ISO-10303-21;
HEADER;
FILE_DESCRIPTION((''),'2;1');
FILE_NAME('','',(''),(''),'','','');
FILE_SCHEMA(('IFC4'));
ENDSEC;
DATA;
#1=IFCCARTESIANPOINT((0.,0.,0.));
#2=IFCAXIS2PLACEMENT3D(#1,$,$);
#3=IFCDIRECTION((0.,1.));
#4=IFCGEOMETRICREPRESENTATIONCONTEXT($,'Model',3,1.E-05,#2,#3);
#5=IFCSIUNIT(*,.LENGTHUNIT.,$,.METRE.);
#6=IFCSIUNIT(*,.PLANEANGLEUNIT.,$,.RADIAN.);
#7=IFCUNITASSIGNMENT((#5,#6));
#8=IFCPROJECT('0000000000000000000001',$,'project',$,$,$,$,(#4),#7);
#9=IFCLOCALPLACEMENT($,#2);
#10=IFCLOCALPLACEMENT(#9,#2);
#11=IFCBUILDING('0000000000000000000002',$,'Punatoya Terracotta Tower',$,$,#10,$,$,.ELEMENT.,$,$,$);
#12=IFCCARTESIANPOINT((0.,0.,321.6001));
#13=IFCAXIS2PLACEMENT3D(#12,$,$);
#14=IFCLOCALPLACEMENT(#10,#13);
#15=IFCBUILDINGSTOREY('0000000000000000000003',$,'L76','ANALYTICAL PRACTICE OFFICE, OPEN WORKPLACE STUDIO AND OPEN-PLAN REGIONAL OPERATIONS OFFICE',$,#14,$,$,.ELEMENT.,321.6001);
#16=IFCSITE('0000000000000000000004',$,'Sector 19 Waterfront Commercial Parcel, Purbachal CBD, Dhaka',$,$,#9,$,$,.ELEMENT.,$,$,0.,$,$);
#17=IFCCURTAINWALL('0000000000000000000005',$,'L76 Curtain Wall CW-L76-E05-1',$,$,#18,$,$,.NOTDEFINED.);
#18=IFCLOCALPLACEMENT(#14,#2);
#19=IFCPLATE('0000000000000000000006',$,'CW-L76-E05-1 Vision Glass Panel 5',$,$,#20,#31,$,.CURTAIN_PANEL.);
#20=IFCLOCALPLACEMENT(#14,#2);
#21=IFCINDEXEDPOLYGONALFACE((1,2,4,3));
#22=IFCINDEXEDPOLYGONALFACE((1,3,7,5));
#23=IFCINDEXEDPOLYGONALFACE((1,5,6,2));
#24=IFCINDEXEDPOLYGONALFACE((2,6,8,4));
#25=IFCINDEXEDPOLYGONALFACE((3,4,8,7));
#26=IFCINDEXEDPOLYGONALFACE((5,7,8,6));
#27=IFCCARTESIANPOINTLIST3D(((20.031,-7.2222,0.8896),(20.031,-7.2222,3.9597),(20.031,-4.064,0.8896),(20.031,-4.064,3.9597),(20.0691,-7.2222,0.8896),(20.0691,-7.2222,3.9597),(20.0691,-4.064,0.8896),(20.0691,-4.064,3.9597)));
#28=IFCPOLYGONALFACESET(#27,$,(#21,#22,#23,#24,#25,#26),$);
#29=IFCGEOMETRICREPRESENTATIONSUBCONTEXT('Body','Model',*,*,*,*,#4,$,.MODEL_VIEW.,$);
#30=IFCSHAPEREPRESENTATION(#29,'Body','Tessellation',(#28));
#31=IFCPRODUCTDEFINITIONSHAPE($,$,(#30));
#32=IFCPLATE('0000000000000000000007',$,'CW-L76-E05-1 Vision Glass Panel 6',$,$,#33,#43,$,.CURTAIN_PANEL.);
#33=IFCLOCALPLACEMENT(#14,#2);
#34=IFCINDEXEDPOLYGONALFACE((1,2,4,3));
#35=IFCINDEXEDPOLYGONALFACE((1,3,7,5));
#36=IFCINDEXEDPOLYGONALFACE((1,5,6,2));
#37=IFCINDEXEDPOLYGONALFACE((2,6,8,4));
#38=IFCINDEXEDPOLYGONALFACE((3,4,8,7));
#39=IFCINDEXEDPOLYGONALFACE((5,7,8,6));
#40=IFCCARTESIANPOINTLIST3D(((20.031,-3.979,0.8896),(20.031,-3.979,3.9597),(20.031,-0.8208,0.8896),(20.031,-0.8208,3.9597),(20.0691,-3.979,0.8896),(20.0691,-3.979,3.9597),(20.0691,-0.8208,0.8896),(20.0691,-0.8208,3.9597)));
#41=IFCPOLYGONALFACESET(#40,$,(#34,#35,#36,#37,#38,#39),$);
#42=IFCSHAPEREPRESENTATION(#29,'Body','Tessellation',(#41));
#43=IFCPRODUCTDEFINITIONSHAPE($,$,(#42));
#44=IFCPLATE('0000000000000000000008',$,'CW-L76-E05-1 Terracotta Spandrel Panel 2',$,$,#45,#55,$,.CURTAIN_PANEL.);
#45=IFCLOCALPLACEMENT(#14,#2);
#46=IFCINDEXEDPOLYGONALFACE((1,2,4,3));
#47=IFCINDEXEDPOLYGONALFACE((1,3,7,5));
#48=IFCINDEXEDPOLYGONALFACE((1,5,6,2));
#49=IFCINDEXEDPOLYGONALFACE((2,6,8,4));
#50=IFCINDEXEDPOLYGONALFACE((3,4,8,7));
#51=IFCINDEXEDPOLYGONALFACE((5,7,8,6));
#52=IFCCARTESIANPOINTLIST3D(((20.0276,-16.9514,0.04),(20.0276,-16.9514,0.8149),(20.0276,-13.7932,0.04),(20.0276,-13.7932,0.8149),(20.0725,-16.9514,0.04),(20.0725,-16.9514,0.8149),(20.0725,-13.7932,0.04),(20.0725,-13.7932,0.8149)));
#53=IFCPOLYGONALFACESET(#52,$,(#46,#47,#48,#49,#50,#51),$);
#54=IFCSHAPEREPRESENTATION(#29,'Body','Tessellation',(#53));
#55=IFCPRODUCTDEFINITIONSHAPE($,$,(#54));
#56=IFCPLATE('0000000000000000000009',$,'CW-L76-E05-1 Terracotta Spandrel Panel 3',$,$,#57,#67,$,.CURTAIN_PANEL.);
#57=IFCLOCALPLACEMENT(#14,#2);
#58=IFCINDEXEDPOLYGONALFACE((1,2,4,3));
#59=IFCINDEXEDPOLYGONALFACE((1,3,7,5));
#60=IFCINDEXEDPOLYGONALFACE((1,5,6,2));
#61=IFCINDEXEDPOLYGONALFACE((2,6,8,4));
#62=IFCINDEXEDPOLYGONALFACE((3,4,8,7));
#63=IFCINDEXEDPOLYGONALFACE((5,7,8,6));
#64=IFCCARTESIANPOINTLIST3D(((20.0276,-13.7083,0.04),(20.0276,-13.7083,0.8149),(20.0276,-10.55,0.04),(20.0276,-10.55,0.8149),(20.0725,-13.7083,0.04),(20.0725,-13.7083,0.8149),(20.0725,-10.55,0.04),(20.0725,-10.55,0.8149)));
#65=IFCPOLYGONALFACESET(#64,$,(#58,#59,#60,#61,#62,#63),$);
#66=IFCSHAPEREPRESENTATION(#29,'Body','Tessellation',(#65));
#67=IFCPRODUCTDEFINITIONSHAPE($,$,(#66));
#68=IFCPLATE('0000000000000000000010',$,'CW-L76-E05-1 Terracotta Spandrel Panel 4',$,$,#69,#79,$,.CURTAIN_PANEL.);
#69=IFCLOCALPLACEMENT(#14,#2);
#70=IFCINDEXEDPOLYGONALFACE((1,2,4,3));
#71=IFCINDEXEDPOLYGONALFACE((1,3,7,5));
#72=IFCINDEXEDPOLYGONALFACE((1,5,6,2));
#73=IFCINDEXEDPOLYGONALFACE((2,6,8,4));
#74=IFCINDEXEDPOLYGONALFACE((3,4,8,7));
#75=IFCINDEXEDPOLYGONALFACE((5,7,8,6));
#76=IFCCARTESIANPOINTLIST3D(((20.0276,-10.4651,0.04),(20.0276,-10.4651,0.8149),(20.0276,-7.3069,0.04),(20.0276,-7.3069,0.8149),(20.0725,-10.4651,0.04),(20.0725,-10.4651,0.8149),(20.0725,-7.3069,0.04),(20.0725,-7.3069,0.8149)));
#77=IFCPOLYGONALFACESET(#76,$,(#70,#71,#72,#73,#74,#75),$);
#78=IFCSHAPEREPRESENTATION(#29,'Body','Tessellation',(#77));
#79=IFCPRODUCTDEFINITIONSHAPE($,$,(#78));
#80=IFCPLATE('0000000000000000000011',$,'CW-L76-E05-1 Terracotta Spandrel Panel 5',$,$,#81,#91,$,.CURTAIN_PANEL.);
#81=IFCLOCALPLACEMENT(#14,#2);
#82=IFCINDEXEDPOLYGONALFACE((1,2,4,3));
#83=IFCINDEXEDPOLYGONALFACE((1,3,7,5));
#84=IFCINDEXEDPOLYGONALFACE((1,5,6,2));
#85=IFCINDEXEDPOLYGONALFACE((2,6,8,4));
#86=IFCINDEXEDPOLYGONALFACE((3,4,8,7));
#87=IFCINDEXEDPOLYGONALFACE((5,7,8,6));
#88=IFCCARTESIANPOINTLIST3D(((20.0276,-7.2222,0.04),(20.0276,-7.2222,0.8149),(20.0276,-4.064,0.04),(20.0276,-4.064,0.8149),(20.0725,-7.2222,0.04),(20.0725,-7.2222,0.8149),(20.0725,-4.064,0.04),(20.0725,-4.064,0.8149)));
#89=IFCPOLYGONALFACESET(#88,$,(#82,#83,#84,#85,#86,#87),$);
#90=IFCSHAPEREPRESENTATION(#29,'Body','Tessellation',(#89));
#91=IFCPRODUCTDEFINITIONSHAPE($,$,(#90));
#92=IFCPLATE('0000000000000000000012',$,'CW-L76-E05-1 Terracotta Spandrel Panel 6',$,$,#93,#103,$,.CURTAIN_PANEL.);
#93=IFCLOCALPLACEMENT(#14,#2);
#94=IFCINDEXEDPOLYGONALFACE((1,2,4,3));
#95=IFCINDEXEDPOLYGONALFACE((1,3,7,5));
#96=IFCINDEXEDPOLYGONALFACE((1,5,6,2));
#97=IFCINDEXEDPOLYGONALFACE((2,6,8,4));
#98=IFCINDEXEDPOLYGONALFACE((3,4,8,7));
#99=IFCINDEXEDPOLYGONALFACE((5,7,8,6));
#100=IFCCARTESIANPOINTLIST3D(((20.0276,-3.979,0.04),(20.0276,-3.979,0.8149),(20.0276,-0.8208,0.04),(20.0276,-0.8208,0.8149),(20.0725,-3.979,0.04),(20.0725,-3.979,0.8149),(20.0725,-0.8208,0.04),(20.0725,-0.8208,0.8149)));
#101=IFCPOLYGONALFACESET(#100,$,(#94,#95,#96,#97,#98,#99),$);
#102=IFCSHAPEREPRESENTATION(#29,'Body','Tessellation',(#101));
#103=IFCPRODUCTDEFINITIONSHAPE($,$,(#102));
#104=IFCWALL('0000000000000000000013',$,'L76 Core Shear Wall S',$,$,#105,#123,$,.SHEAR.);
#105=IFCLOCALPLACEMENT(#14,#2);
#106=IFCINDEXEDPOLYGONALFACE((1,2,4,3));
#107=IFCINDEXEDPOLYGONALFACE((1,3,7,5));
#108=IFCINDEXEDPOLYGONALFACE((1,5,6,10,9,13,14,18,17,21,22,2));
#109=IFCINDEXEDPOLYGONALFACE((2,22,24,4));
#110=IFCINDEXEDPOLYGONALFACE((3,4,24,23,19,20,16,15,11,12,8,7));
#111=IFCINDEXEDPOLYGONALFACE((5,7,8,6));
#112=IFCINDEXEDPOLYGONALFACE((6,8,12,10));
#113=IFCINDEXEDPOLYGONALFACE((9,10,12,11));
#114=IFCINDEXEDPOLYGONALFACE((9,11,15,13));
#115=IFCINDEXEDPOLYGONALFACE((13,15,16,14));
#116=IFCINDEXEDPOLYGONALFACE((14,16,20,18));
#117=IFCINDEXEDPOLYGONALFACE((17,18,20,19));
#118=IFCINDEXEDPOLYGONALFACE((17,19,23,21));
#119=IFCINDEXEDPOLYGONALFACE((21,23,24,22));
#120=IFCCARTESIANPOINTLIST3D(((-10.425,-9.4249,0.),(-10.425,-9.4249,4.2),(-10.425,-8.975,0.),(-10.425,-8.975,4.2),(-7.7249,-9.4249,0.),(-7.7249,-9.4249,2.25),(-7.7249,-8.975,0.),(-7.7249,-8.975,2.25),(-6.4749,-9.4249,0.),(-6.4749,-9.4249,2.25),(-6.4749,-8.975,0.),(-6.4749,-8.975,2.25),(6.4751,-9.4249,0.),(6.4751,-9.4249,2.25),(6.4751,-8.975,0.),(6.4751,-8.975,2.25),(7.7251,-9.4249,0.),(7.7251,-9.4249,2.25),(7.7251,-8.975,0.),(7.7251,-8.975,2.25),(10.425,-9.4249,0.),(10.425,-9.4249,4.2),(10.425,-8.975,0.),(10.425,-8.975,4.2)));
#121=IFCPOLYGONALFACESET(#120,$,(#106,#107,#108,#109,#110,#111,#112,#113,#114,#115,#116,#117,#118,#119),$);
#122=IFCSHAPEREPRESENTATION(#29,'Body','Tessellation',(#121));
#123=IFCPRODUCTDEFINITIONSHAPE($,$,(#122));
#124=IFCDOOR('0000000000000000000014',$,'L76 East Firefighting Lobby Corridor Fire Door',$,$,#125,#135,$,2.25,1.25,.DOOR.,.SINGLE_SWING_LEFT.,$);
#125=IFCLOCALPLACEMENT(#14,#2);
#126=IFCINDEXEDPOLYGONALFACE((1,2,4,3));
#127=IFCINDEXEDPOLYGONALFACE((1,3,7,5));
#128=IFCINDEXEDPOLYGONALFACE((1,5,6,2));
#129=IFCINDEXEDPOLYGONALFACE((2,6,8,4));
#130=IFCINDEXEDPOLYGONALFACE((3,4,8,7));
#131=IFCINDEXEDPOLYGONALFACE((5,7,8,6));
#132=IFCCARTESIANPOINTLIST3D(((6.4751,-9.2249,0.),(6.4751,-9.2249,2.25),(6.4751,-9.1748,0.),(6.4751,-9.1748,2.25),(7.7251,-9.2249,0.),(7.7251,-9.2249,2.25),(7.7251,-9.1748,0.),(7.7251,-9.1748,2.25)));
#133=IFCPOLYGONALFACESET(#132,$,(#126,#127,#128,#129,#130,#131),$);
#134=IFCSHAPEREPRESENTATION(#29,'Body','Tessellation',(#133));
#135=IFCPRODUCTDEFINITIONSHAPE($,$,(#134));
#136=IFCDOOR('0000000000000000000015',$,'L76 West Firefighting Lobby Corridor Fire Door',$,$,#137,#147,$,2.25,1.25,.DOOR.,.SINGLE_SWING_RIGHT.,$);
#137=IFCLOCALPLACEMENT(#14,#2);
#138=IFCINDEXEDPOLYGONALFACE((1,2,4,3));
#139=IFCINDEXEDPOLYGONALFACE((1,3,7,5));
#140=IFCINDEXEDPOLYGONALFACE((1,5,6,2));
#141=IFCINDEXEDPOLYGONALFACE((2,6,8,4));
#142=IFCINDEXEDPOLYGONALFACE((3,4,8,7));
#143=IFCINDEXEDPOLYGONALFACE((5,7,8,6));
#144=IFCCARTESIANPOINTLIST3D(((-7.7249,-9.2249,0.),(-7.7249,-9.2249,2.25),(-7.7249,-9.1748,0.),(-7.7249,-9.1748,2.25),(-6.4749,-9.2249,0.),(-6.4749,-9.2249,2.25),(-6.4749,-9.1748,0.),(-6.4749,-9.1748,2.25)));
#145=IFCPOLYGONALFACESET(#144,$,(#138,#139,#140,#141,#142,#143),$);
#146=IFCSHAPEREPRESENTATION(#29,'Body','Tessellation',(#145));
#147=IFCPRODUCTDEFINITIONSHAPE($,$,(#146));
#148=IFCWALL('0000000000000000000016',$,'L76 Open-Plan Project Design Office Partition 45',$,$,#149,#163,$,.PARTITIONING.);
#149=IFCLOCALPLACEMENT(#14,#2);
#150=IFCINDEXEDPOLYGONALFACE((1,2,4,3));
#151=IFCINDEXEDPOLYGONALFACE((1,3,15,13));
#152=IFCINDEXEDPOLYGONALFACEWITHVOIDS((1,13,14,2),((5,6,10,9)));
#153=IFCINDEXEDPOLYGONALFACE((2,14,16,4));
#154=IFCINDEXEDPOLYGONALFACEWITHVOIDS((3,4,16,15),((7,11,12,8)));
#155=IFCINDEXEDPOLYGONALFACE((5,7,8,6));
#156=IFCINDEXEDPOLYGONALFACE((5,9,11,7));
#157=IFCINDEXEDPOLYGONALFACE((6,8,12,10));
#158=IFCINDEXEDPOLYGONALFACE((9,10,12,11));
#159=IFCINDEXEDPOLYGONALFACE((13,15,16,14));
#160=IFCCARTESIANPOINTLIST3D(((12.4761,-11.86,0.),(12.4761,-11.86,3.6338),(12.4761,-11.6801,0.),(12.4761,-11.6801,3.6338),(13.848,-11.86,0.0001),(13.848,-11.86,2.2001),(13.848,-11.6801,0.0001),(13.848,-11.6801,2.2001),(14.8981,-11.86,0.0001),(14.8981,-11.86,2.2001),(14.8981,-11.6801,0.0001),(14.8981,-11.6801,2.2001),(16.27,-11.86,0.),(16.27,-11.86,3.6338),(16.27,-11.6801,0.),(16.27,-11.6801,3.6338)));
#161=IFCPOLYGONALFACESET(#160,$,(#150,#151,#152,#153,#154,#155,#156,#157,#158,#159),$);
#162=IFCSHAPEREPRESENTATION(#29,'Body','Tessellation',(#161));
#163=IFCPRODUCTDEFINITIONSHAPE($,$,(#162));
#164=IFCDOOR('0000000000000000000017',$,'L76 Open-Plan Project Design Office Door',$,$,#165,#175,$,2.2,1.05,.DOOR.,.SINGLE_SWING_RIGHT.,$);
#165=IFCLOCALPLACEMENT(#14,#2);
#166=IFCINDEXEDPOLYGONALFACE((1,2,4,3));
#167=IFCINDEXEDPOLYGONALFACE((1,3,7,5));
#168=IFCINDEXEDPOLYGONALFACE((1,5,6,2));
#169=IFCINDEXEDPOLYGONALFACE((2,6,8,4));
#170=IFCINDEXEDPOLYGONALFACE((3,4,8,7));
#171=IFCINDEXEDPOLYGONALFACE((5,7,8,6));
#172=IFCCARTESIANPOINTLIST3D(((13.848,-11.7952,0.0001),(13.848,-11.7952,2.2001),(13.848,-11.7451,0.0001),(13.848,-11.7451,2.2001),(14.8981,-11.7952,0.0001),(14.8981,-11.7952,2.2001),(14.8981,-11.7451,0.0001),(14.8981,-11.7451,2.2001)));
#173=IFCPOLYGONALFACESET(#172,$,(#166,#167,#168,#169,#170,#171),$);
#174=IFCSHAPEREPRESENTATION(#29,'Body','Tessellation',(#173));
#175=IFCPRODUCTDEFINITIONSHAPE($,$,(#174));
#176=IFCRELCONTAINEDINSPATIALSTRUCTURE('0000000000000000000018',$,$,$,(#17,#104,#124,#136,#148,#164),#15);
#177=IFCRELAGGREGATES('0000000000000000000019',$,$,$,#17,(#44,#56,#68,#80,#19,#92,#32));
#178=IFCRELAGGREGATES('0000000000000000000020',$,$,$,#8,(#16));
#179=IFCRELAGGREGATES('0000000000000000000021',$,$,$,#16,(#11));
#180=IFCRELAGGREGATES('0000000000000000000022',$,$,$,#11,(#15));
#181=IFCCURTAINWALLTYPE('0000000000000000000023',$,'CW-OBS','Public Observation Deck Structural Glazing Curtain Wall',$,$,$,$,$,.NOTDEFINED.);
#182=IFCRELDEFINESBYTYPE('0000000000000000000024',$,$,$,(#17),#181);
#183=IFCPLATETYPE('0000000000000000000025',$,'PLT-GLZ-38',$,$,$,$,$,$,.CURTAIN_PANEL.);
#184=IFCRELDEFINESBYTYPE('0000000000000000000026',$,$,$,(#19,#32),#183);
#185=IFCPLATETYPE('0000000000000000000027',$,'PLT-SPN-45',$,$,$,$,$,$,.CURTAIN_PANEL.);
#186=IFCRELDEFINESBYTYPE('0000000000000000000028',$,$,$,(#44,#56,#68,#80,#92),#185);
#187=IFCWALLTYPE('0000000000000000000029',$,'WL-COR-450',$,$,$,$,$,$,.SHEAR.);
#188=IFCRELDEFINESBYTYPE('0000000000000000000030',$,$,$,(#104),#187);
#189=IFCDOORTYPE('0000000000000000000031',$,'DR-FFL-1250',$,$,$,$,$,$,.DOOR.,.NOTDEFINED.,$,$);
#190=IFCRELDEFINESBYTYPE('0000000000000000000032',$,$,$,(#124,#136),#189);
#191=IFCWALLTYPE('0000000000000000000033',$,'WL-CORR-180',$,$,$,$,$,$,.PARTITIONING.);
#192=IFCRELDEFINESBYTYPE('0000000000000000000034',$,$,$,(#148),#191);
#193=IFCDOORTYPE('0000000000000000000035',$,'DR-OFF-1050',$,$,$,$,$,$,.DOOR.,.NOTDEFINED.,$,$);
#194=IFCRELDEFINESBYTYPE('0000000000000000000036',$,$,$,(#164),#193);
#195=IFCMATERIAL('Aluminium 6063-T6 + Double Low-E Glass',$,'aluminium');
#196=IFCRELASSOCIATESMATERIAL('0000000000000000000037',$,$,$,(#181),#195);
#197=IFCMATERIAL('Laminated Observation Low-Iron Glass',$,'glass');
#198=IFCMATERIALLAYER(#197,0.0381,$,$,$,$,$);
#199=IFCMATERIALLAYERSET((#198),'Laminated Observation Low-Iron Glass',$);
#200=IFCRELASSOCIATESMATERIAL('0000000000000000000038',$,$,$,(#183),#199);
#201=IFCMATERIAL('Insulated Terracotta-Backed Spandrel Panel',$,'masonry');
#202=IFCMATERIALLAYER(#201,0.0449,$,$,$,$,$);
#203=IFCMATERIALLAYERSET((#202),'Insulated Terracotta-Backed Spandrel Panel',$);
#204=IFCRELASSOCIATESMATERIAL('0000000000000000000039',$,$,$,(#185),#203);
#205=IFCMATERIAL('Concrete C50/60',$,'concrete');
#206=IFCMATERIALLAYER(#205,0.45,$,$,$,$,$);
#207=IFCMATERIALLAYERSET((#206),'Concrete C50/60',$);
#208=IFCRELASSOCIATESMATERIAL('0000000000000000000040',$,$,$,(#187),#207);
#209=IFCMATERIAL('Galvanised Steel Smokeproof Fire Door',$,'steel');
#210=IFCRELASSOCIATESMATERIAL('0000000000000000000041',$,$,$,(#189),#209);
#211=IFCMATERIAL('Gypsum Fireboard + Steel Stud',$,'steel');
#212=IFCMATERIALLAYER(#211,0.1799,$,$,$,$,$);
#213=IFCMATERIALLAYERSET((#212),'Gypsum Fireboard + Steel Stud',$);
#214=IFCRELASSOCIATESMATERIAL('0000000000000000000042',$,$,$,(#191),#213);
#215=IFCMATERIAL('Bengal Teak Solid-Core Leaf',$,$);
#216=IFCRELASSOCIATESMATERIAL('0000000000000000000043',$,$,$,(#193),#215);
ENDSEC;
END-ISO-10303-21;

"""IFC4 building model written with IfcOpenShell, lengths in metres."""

from ifc_helpers import new_model, si_unit, direction, frame, frame_2d, origin, origin_2d, place, context, subcontext, project, spatial, rectangle, extrude, material, layer, layer_set, type_object, element, fill, aggregate, save


model = new_model("IFC4")

# Units and contexts
model_context = context("Model", 3, precision=1e-05, world=origin(), true_north=direction((0.0, 1.0)))
body_context = subcontext(model_context, "Body", "Model", "MODEL_VIEW")
ifc_project = project(units=[si_unit("LENGTHUNIT", "METRE"), si_unit("PLANEANGLEUNIT", "RADIAN")], contexts=[model_context])

# Site, building, storey
site_placement = place(None, origin())
site = spatial("IfcSite", under=ifc_project, at=site_placement, Name="Sector 19 Waterfront Commercial Parcel, Purbachal CBD, Dhaka", CompositionType="ELEMENT", RefElevation=0.0)
building_placement = place(site_placement, origin())
building = spatial("IfcBuilding", under=site, at=building_placement, Name="Punatoya Terracotta Tower", CompositionType="ELEMENT")
storey_placement = place(building_placement, frame((0.0, 0.0, 321.6001)))
storey = spatial("IfcBuildingStorey", under=building, at=storey_placement, Name="L76", Description="ANALYTICAL PRACTICE OFFICE, OPEN WORKPLACE STUDIO AND OPEN-PLAN REGIONAL OPERATIONS OFFICE", CompositionType="ELEMENT", Elevation=321.6001)

# Curtain wall, plates
ifc_material_1 = material(Name="Aluminium 6063-T6 + Double Low-E Glass", Category="aluminium")
curtain_wall_type = type_object("IfcCurtainWallType", Name="CW-OBS", Description="Public Observation Deck Structural Glazing Curtain Wall", PredefinedType="NOTDEFINED", material=ifc_material_1)
curtain_wall_placement = place(storey_placement, origin())
curtain_wall = element("IfcCurtainWall", 1, at=curtain_wall_placement, inside=storey, type_object=curtain_wall_type, Name="L76 Curtain Wall CW-L76-E05-1", PredefinedType="NOTDEFINED")
ifc_material_2 = material(Name="Laminated Observation Low-Iron Glass", Category="glass")
ifc_layer_1 = layer(ifc_material_2, 0.0381)
ifc_layer_set_1 = layer_set([ifc_layer_1], Name="Laminated Observation Low-Iron Glass")
plate_type_1 = type_object("IfcPlateType", Name="PLT-GLZ-38", PredefinedType="CURTAIN_PANEL", material=ifc_layer_set_1)
plate_1_placement = place(storey_placement, frame((20.05, -5.6431, 0.8896), z_axis=(0.0, 0.0, 1.0), x_axis=(0.0, 1.0, 0.0)))
plate_1 = element("IfcPlate", 2, at=plate_1_placement, type_object=plate_type_1, Name="CW-L76-E05-1 Vision Glass Panel 5", PredefinedType="CURTAIN_PANEL", context=body_context, shape_type="SweptSolid", body=[
    extrude(rectangle(XDim=3.1582, YDim=0.0381, at=origin_2d()), origin(), (0.0, 0.0, 1.0), 3.0701),
])
plate_2_placement = place(storey_placement, frame((20.05, -2.3999, 0.8896), z_axis=(0.0, 0.0, 1.0), x_axis=(0.0, 1.0, 0.0)))
plate_2 = element("IfcPlate", 3, at=plate_2_placement, type_object=plate_type_1, Name="CW-L76-E05-1 Vision Glass Panel 6", PredefinedType="CURTAIN_PANEL", context=body_context, shape_type="SweptSolid", body=[
    extrude(rectangle(XDim=3.1582, YDim=0.0381, at=origin_2d()), origin(), (0.0, 0.0, 1.0), 3.0701),
])
ifc_material_3 = material(Name="Insulated Terracotta-Backed Spandrel Panel", Category="masonry")
ifc_layer_2 = layer(ifc_material_3, 0.0449)
ifc_layer_set_2 = layer_set([ifc_layer_2], Name="Insulated Terracotta-Backed Spandrel Panel")
plate_type_2 = type_object("IfcPlateType", Name="PLT-SPN-45", PredefinedType="CURTAIN_PANEL", material=ifc_layer_set_2)
plate_3_placement = place(storey_placement, frame((20.05, -15.3723, 0.04), z_axis=(0.0, 0.0, 1.0), x_axis=(0.0, 1.0, 0.0)))
plate_3 = element("IfcPlate", 4, at=plate_3_placement, type_object=plate_type_2, Name="CW-L76-E05-1 Terracotta Spandrel Panel 2", PredefinedType="CURTAIN_PANEL", context=body_context, shape_type="SweptSolid", body=[
    extrude(rectangle(XDim=3.1582, YDim=0.0449, at=origin_2d()), origin(), (0.0, 0.0, 1.0), 0.7749),
])
plate_4_placement = place(storey_placement, frame((20.05, -12.1292, 0.04), z_axis=(0.0, 0.0, 1.0), x_axis=(0.0, 1.0, 0.0)))
plate_4 = element("IfcPlate", 5, at=plate_4_placement, type_object=plate_type_2, Name="CW-L76-E05-1 Terracotta Spandrel Panel 3", PredefinedType="CURTAIN_PANEL", context=body_context, shape_type="SweptSolid", body=[
    extrude(rectangle(XDim=3.1582, YDim=0.0449, at=origin_2d()), origin(), (0.0, 0.0, 1.0), 0.7749),
])
plate_5_placement = place(storey_placement, frame((20.05, -8.886, 0.04), z_axis=(0.0, 0.0, 1.0), x_axis=(0.0, 1.0, 0.0)))
plate_5 = element("IfcPlate", 6, at=plate_5_placement, type_object=plate_type_2, Name="CW-L76-E05-1 Terracotta Spandrel Panel 4", PredefinedType="CURTAIN_PANEL", context=body_context, shape_type="SweptSolid", body=[
    extrude(rectangle(XDim=3.1582, YDim=0.0449, at=origin_2d()), origin(), (0.0, 0.0, 1.0), 0.7749),
])
plate_6_placement = place(storey_placement, frame((20.05, -5.6431, 0.04), z_axis=(0.0, 0.0, 1.0), x_axis=(0.0, 1.0, 0.0)))
plate_6 = element("IfcPlate", 7, at=plate_6_placement, type_object=plate_type_2, Name="CW-L76-E05-1 Terracotta Spandrel Panel 5", PredefinedType="CURTAIN_PANEL", context=body_context, shape_type="SweptSolid", body=[
    extrude(rectangle(XDim=3.1582, YDim=0.0449, at=origin_2d()), origin(), (0.0, 0.0, 1.0), 0.7749),
])
plate_7_placement = place(storey_placement, frame((20.05, -2.3999, 0.04), z_axis=(0.0, 0.0, 1.0), x_axis=(0.0, 1.0, 0.0)))
plate_7 = element("IfcPlate", 8, at=plate_7_placement, type_object=plate_type_2, Name="CW-L76-E05-1 Terracotta Spandrel Panel 6", PredefinedType="CURTAIN_PANEL", context=body_context, shape_type="SweptSolid", body=[
    extrude(rectangle(XDim=3.1582, YDim=0.0449, at=origin_2d()), origin(), (0.0, 0.0, 1.0), 0.7749),
])
aggregate(curtain_wall, [plate_3, plate_4, plate_5, plate_6, plate_1, plate_7, plate_2])

# Wall, openings, doors
ifc_material_4 = material(Name="Concrete C50/60", Category="concrete")
ifc_layer_3 = layer(ifc_material_4, 0.45)
ifc_layer_set_3 = layer_set([ifc_layer_3], Name="Concrete C50/60")
wall_type_1 = type_object("IfcWallType", Name="WL-COR-450", PredefinedType="SHEAR", material=ifc_layer_set_3)
wall_1_placement = place(storey_placement, frame((10.425, -9.2, 0.0), z_axis=(0.0, 0.0, 1.0), x_axis=(-1.0, 0.0, 0.0)))
wall_1 = element("IfcWall", 9, at=wall_1_placement, inside=storey, type_object=wall_type_1, Name="L76 Core Shear Wall S", PredefinedType="SHEAR", context=body_context, shape_type="SweptSolid", body=[
    extrude(rectangle(XDim=20.8501, YDim=0.45, at=frame_2d((10.425, 0.0))), origin(), (0.0, 0.0, 1.0), 4.2),
])
opening_1_placement = place(wall_1_placement, frame((2.7, 0.0, 0.0)))
opening_1 = element("IfcOpeningElement", 10, at=opening_1_placement, cuts=wall_1, PredefinedType="OPENING", context=body_context, shape_type="SweptSolid", body=[
    extrude(rectangle(XDim=1.25, YDim=2.25, at=frame_2d((0.625, 1.125))), frame((0.0, 0.2349, 0.0), z_axis=(0.0, -1.0, 0.0), x_axis=(1.0, 0.0, 0.0)), (0.0, 0.0, 1.0), 0.47),
])
opening_2_placement = place(wall_1_placement, frame((16.8999, 0.0, 0.0)))
opening_2 = element("IfcOpeningElement", 11, at=opening_2_placement, cuts=wall_1, PredefinedType="OPENING", context=body_context, shape_type="SweptSolid", body=[
    extrude(rectangle(XDim=1.25, YDim=2.25, at=frame_2d((0.625, 1.125))), frame((0.0, 0.2349, 0.0), z_axis=(0.0, -1.0, 0.0), x_axis=(1.0, 0.0, 0.0)), (0.0, 0.0, 1.0), 0.47),
])
ifc_material_5 = material(Name="Galvanised Steel Smokeproof Fire Door", Category="steel")
door_type_1 = type_object("IfcDoorType", Name="DR-FFL-1250", OperationType="NOTDEFINED", PredefinedType="DOOR", material=ifc_material_5)
door_1_placement = place(opening_1_placement, origin())
door_1 = element("IfcDoor", 12, at=door_1_placement, inside=storey, type_object=door_type_1, Name="L76 East Firefighting Lobby Corridor Fire Door", OperationType="SINGLE_SWING_LEFT", OverallHeight=2.25, OverallWidth=1.25, PredefinedType="DOOR", context=body_context, shape_type="SweptSolid", body=[
    extrude(rectangle(XDim=1.25, YDim=2.25, at=frame_2d((0.625, 1.125))), frame((0.0, 0.0249, 0.0), z_axis=(0.0, -1.0, 0.0), x_axis=(1.0, 0.0, 0.0)), (0.0, 0.0, 1.0), 0.05),
])
fill(opening_1, door_1)
door_2_placement = place(opening_2_placement, origin())
door_2 = element("IfcDoor", 13, at=door_2_placement, inside=storey, type_object=door_type_1, Name="L76 West Firefighting Lobby Corridor Fire Door", OperationType="SINGLE_SWING_RIGHT", OverallHeight=2.25, OverallWidth=1.25, PredefinedType="DOOR", context=body_context, shape_type="SweptSolid", body=[
    extrude(rectangle(XDim=1.25, YDim=2.25, at=frame_2d((0.625, 1.125))), frame((0.0, 0.0249, 0.0), z_axis=(0.0, -1.0, 0.0), x_axis=(1.0, 0.0, 0.0)), (0.0, 0.0, 1.0), 0.05),
])
fill(opening_2, door_2)

# Wall, opening, door
ifc_material_6 = material(Name="Gypsum Fireboard + Steel Stud", Category="steel")
ifc_layer_4 = layer(ifc_material_6, 0.1799)
ifc_layer_set_4 = layer_set([ifc_layer_4], Name="Gypsum Fireboard + Steel Stud")
wall_type_2 = type_object("IfcWallType", Name="WL-CORR-180", PredefinedType="PARTITIONING", material=ifc_layer_set_4)
wall_2_placement = place(storey_placement, frame((12.4761, -11.77, 0.0), z_axis=(0.0, 0.0, 1.0), x_axis=(1.0, 0.0, 0.0)))
wall_2 = element("IfcWall", 14, at=wall_2_placement, inside=storey, type_object=wall_type_2, Name="L76 Open-Plan Project Design Office Partition 45", PredefinedType="PARTITIONING", context=body_context, shape_type="SweptSolid", body=[
    extrude(rectangle(XDim=3.7939, YDim=0.1799, at=frame_2d((1.897, 0.0))), origin(), (0.0, 0.0, 1.0), 3.6338),
])
opening_3_placement = place(wall_2_placement, frame((1.3721, 0.0, 0.0)))
opening_3 = element("IfcOpeningElement", 15, at=opening_3_placement, cuts=wall_2, PredefinedType="OPENING", context=body_context, shape_type="SweptSolid", body=[
    extrude(rectangle(XDim=1.05, YDim=2.2, at=frame_2d((0.5249, 1.1001))), frame((0.0, 0.0999, 0.0), z_axis=(0.0, -1.0, 0.0), x_axis=(1.0, 0.0, 0.0)), (0.0, 0.0, 1.0), 0.2),
])
ifc_material_7 = material(Name="Bengal Teak Solid-Core Leaf")
door_type_2 = type_object("IfcDoorType", Name="DR-OFF-1050", OperationType="NOTDEFINED", PredefinedType="DOOR", material=ifc_material_7)
door_3_placement = place(opening_3_placement, origin())
door_3 = element("IfcDoor", 16, at=door_3_placement, inside=storey, type_object=door_type_2, Name="L76 Open-Plan Project Design Office Door", OperationType="SINGLE_SWING_RIGHT", OverallHeight=2.2, OverallWidth=1.05, PredefinedType="DOOR", context=body_context, shape_type="SweptSolid", body=[
    extrude(rectangle(XDim=1.05, YDim=2.2, at=frame_2d((0.5249, 1.1001))), frame((0.0, 0.0249, 0.0), z_axis=(0.0, -1.0, 0.0), x_axis=(1.0, 0.0, 0.0)), (0.0, 0.0, 1.0), 0.05),
])
fill(opening_3, door_3)

save(model, "model.ifc")
